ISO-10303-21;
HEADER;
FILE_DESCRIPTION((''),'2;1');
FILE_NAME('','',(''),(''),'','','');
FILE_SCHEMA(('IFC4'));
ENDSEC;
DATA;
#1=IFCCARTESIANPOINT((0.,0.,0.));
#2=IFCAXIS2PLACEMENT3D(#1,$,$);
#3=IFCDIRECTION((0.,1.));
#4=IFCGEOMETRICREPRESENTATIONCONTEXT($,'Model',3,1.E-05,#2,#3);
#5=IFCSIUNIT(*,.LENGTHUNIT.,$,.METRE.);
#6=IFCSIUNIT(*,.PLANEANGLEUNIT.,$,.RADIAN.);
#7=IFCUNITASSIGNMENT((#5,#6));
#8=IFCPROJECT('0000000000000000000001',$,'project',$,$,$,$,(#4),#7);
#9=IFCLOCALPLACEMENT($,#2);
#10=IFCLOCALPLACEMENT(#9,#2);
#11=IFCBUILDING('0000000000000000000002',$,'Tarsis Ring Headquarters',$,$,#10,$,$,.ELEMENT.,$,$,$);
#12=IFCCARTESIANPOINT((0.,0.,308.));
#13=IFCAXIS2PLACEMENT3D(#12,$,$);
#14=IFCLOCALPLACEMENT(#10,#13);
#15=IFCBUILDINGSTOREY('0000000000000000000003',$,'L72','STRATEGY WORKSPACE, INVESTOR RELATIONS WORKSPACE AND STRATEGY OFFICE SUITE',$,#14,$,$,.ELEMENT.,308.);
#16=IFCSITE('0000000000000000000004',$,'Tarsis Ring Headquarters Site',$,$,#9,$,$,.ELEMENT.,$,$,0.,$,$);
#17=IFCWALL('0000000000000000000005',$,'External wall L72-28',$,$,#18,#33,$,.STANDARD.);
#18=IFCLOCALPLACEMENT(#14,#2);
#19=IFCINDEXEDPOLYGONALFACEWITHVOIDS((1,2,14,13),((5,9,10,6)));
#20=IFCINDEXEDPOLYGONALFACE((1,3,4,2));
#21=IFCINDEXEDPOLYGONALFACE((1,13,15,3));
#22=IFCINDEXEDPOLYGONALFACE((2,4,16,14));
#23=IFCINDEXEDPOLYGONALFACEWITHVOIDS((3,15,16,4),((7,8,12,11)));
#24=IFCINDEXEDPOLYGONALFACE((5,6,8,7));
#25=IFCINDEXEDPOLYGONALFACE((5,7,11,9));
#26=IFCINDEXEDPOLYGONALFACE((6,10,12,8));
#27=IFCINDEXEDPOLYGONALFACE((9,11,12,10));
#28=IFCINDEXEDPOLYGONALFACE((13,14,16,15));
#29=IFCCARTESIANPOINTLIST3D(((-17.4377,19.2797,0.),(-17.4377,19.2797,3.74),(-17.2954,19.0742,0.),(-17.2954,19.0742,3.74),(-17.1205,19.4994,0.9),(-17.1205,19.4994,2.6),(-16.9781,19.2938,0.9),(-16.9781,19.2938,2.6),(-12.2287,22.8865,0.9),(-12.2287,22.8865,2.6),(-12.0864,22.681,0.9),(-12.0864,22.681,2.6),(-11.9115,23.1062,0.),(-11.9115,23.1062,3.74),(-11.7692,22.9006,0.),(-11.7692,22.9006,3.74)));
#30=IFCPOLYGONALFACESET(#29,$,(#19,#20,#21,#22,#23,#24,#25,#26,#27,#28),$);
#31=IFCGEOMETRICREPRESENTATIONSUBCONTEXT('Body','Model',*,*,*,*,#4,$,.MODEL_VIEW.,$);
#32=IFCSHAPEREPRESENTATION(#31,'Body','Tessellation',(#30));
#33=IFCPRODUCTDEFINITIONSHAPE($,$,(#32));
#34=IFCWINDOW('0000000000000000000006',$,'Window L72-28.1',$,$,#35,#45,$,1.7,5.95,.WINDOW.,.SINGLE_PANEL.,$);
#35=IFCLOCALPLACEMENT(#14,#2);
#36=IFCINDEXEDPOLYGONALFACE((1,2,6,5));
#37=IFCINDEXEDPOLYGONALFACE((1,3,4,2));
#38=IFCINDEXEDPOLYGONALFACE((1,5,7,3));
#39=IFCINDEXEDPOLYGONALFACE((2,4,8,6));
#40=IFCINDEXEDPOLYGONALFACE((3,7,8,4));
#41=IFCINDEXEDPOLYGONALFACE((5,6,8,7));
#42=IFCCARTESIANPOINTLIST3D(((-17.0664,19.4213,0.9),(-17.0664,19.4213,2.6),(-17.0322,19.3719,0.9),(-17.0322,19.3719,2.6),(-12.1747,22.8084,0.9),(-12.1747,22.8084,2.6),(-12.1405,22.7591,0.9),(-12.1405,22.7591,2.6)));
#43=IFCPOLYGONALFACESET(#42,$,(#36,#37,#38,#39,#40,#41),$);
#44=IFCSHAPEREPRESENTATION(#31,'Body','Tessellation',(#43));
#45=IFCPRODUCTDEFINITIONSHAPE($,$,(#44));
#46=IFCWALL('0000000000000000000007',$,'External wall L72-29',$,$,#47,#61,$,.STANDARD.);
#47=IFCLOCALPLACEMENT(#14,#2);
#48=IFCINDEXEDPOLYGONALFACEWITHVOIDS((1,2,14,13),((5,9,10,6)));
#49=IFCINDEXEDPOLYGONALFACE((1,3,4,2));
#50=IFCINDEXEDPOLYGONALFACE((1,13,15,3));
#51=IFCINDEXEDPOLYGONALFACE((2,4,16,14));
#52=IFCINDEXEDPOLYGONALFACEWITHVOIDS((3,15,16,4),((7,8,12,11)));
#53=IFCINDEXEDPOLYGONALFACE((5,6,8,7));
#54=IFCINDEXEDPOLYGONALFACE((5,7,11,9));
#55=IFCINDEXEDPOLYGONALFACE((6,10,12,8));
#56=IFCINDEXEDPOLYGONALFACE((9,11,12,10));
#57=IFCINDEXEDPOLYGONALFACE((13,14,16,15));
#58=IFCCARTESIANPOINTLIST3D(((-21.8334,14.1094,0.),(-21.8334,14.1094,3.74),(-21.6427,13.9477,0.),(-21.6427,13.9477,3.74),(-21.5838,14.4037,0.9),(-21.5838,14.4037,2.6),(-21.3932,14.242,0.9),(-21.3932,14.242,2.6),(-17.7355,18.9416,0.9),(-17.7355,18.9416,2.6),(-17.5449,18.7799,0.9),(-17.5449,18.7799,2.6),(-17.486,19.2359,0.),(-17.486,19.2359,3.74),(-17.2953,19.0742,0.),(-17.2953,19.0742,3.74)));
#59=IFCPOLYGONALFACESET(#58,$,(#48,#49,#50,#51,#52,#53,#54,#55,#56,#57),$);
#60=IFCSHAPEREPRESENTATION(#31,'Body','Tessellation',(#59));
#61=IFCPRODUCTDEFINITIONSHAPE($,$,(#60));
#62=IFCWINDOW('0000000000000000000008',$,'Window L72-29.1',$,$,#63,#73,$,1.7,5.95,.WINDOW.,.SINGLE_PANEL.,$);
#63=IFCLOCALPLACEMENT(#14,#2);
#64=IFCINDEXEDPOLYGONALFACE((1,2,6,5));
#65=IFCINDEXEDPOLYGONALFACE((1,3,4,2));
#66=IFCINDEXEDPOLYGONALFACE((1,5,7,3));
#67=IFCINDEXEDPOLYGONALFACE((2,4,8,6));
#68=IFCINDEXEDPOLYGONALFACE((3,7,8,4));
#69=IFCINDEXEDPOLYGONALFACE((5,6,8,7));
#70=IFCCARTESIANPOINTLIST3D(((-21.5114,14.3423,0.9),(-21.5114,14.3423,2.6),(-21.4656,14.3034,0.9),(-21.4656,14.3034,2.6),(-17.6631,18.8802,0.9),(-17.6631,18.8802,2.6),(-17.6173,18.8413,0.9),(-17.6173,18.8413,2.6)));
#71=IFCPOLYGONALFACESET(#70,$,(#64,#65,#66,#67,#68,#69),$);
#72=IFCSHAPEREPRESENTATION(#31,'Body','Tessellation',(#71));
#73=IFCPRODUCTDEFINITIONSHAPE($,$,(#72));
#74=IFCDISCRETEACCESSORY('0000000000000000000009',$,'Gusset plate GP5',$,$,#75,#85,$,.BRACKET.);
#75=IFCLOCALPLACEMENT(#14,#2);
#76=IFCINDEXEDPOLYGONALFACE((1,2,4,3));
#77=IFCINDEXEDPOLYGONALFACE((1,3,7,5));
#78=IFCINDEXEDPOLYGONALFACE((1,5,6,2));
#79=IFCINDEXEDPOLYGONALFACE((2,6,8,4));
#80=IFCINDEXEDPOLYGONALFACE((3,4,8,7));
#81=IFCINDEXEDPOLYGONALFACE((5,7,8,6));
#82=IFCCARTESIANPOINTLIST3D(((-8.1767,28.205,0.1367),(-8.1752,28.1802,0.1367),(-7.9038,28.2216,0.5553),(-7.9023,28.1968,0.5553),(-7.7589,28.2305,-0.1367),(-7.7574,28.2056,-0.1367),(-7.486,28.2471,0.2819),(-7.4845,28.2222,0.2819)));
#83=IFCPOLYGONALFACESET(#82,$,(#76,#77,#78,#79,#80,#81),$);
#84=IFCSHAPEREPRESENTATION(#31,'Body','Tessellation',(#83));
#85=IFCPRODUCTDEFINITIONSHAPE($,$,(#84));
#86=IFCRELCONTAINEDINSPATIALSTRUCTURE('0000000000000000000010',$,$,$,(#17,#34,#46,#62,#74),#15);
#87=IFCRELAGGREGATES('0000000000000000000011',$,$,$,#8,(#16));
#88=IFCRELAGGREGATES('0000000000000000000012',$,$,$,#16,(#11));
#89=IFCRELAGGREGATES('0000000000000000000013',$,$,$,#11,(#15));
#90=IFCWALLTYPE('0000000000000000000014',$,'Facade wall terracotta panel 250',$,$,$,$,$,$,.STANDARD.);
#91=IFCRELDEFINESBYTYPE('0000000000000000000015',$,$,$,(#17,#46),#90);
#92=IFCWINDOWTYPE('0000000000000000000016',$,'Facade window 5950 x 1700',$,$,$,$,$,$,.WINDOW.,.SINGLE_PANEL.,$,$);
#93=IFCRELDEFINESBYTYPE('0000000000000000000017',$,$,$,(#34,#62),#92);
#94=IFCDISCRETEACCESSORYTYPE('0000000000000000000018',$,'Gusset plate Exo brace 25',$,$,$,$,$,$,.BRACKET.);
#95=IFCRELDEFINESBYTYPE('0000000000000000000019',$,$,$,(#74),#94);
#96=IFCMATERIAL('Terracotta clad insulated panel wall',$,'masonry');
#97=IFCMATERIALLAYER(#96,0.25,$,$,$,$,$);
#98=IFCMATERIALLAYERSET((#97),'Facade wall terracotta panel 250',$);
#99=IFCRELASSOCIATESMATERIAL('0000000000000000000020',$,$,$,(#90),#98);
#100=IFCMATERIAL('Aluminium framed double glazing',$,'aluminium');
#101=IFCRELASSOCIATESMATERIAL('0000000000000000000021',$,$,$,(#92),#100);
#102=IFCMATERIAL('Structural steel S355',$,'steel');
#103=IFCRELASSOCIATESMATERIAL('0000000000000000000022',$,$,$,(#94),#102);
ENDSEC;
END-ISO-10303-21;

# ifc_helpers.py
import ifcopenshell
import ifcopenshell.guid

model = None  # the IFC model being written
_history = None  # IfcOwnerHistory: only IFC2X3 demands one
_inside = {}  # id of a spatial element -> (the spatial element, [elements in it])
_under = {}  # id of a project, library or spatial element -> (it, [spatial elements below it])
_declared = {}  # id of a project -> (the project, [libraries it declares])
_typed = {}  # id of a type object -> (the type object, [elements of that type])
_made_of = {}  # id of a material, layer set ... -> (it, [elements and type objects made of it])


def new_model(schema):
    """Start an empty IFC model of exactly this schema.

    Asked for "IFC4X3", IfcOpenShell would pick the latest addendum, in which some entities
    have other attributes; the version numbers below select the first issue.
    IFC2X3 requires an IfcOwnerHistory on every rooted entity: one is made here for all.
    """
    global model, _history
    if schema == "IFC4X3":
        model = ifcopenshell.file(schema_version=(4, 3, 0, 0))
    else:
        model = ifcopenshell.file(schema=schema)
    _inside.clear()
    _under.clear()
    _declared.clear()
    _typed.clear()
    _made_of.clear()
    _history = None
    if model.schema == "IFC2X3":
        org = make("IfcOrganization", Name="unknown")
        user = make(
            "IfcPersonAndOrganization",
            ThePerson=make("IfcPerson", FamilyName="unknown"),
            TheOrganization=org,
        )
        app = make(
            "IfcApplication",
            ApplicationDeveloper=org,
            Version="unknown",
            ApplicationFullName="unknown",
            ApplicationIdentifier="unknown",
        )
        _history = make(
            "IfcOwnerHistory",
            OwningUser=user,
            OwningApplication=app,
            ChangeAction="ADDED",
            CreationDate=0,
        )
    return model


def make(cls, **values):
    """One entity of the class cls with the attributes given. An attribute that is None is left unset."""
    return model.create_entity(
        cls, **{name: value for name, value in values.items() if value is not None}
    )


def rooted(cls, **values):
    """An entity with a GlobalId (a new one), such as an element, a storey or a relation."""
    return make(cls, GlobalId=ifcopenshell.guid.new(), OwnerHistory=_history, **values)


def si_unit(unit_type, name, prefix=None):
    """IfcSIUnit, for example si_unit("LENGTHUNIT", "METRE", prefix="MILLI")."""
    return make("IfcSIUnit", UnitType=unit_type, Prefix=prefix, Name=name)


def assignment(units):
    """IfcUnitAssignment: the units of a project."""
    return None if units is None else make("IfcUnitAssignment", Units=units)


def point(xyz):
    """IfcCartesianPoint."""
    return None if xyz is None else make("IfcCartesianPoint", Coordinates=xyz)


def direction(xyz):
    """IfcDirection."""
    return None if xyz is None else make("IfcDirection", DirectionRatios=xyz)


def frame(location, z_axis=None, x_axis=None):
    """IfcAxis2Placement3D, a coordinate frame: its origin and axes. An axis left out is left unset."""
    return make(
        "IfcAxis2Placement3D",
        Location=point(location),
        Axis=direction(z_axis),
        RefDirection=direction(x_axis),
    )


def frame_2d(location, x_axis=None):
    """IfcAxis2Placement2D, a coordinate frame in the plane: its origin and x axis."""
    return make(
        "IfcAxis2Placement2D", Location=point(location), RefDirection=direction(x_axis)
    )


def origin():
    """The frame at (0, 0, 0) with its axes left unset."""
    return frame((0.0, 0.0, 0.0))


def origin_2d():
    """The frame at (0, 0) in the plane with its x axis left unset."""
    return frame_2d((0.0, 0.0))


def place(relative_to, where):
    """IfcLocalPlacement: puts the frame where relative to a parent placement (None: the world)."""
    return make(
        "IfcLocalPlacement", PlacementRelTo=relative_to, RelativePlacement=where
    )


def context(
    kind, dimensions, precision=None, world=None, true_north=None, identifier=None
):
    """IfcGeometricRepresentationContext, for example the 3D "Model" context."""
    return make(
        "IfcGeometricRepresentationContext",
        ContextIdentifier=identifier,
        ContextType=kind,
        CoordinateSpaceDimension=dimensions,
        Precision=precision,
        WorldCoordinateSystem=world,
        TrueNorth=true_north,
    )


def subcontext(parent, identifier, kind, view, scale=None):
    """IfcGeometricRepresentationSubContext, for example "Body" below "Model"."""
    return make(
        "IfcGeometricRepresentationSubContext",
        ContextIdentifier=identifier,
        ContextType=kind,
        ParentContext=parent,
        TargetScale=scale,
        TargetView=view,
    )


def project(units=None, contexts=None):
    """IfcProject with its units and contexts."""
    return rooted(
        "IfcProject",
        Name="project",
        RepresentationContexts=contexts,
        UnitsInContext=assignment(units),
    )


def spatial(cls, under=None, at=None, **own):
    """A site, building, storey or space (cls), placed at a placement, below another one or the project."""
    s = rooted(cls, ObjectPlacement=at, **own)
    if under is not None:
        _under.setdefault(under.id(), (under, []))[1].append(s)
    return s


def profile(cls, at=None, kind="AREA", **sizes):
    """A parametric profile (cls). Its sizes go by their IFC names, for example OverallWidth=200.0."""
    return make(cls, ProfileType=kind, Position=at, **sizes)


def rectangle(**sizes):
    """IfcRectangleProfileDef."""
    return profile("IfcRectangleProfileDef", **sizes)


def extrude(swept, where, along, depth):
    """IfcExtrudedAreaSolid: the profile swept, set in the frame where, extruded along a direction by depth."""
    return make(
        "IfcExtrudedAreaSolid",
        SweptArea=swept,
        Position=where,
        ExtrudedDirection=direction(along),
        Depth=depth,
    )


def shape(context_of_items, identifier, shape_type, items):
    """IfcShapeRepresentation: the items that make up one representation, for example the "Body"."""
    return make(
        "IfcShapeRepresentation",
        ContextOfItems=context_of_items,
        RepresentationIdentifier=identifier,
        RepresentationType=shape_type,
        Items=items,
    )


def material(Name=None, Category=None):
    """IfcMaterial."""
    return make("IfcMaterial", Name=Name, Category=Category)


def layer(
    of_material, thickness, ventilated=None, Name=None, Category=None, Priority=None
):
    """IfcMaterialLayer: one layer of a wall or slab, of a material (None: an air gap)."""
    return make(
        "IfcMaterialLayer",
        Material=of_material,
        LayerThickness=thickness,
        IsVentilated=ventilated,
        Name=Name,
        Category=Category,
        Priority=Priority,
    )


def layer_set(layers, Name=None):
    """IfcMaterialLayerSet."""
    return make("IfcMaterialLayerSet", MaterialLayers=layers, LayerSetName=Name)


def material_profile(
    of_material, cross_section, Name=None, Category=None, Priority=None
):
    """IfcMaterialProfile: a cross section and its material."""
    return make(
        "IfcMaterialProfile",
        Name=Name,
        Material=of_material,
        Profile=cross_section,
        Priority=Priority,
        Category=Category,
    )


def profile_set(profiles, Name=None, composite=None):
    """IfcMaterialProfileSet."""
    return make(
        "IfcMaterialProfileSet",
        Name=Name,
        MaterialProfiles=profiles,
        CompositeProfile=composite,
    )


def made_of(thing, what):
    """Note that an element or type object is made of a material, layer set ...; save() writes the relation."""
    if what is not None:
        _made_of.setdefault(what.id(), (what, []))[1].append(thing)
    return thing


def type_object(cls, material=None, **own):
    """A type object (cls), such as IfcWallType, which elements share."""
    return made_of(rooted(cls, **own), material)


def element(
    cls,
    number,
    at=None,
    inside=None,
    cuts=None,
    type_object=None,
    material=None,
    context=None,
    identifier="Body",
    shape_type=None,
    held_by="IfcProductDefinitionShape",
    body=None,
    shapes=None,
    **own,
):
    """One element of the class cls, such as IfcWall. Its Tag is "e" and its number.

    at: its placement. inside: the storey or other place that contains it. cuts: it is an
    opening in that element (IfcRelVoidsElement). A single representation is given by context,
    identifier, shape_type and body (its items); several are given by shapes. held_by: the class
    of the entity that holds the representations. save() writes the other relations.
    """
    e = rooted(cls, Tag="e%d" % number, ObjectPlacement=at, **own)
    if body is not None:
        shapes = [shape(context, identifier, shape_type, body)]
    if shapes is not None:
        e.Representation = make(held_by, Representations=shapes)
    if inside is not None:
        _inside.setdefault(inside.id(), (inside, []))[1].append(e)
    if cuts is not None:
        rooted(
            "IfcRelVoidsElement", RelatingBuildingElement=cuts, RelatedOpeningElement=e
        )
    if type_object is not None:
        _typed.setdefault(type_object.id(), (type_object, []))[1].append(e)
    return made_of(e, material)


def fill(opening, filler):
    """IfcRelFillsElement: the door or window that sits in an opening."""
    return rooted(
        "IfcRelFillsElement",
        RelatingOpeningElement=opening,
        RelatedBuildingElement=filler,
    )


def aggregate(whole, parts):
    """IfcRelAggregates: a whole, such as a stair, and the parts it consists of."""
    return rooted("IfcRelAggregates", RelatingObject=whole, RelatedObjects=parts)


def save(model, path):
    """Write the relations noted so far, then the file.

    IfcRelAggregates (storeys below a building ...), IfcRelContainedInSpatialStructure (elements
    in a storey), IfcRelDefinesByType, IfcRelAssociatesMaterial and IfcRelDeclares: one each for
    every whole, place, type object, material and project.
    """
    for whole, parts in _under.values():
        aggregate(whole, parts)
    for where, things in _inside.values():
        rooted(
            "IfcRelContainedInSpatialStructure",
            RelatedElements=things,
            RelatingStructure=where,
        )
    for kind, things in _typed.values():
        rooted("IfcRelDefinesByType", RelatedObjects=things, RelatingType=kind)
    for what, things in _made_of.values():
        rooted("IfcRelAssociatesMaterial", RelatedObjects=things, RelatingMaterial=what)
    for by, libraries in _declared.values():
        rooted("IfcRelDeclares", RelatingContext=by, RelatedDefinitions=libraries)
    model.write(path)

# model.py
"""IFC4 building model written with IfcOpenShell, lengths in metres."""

from ifc_helpers import new_model, si_unit, direction, frame, frame_2d, origin, origin_2d, place, context, subcontext, project, spatial, rectangle, extrude, material, layer, layer_set, material_profile, profile_set, type_object, element, fill, save


model = new_model("IFC4")

# Units and contexts
model_context = context("Model", 3, precision=1e-05, world=origin(), true_north=direction((0.0, 1.0)))
body_context = subcontext(model_context, "Body", "Model", "MODEL_VIEW")
ifc_project = project(units=[si_unit("LENGTHUNIT", "METRE"), si_unit("PLANEANGLEUNIT", "RADIAN")], contexts=[model_context])

# Site, building, storey
site_placement = place(None, origin())
site = spatial("IfcSite", under=ifc_project, at=site_placement, Name="Tarsis Ring Headquarters Site", CompositionType="ELEMENT", RefElevation=0.0)
building_placement = place(site_placement, origin())
building = spatial("IfcBuilding", under=site, at=building_placement, Name="Tarsis Ring Headquarters", CompositionType="ELEMENT")
storey_placement = place(building_placement, frame((0.0, 0.0, 308.0)))
storey = spatial("IfcBuildingStorey", under=building, at=storey_placement, Name="L72", Description="STRATEGY WORKSPACE, INVESTOR RELATIONS WORKSPACE AND STRATEGY OFFICE SUITE", CompositionType="ELEMENT", Elevation=308.0)

# Shared definitions
ifc_material_1 = material(Name="Structural steel S355", Category="steel")

# Walls, openings, windows
ifc_material_2 = material(Name="Terracotta clad insulated panel wall", Category="masonry")
ifc_layer_1 = layer(ifc_material_2, 0.25)
ifc_layer_set_1 = layer_set([ifc_layer_1], Name="Facade wall terracotta panel 250")
wall_type_1 = type_object("IfcWallType", Name="Facade wall terracotta panel 250", PredefinedType="STANDARD", material=ifc_layer_set_1)
ifc_material_3 = material(Name="Aluminium framed double glazing", Category="aluminium")
window_type = type_object("IfcWindowType", Name="Facade window 5950 x 1700", PartitioningType="SINGLE_PANEL", PredefinedType="WINDOW", material=ifc_material_3)
wall_1_placement = place(storey_placement, frame((-11.8403, 23.0034, 0.0), z_axis=(0.0, 0.0, 1.0), x_axis=(-0.822148, -0.569274, 0.0)))
wall_1 = element("IfcWall", 1, at=wall_1_placement, inside=storey, type_object=wall_type_1, Name="External wall L72-28", PredefinedType="STANDARD", context=body_context, shape_type="SweptSolid", body=[
    extrude(rectangle(XDim=6.7217, YDim=0.25, at=frame_2d((3.3608, 0.0))), origin(), (0.0, 0.0, 1.0), 3.74),
])
opening_1_placement = place(wall_1_placement, frame((0.3857, 0.0, 0.8999)))
opening_1 = element("IfcOpeningElement", 2, at=opening_1_placement, cuts=wall_1, PredefinedType="OPENING", context=body_context, shape_type="SweptSolid", body=[
    extrude(rectangle(XDim=5.95, YDim=1.7, at=frame_2d((2.9751, 0.8501))), frame((0.0, 0.135, 0.0), z_axis=(0.0, -1.0, 0.0), x_axis=(1.0, 0.0, 0.0)), (0.0, 0.0, 1.0), 0.27),
])
window_1_placement = place(opening_1_placement, origin())
window_1 = element("IfcWindow", 3, at=window_1_placement, inside=storey, type_object=window_type, Name="Window L72-28.1", OverallHeight=1.7, OverallWidth=5.95, PartitioningType="SINGLE_PANEL", PredefinedType="WINDOW", context=body_context, shape_type="SweptSolid", body=[
    extrude(rectangle(XDim=5.95, YDim=1.7, at=frame_2d((2.9751, 0.8501))), frame((0.0, 0.03, 0.0), z_axis=(0.0, -1.0, 0.0), x_axis=(1.0, 0.0, 0.0)), (0.0, 0.0, 1.0), 0.0601),
])
fill(opening_1, window_1)
wall_2_placement = place(storey_placement, frame((-17.3906, 19.155, 0.0), z_axis=(0.0, 0.0, 1.0), x_axis=(-0.646777, -0.762679, 0.0)))
wall_2 = element("IfcWall", 4, at=wall_2_placement, inside=storey, type_object=wall_type_1, Name="External wall L72-29", PredefinedType="STANDARD", context=body_context, shape_type="SweptSolid", body=[
    extrude(rectangle(XDim=6.7217, YDim=0.25, at=frame_2d((3.3608, 0.0))), origin(), (0.0, 0.0, 1.0), 3.74),
])
opening_2_placement = place(wall_2_placement, frame((0.3857, 0.0, 0.8999)))
opening_2 = element("IfcOpeningElement", 5, at=opening_2_placement, cuts=wall_2, PredefinedType="OPENING", context=body_context, shape_type="SweptSolid", body=[
    extrude(rectangle(XDim=5.95, YDim=1.7, at=frame_2d((2.9751, 0.8501))), frame((0.0, 0.135, 0.0), z_axis=(0.0, -1.0, 0.0), x_axis=(1.0, 0.0, 0.0)), (0.0, 0.0, 1.0), 0.27),
])
window_2_placement = place(opening_2_placement, origin())
window_2 = element("IfcWindow", 6, at=window_2_placement, inside=storey, type_object=window_type, Name="Window L72-29.1", OverallHeight=1.7, OverallWidth=5.95, PartitioningType="SINGLE_PANEL", PredefinedType="WINDOW", context=body_context, shape_type="SweptSolid", body=[
    extrude(rectangle(XDim=5.95, YDim=1.7, at=frame_2d((2.9751, 0.8501))), frame((0.0, 0.03, 0.0), z_axis=(0.0, -1.0, 0.0), x_axis=(1.0, 0.0, 0.0)), (0.0, 0.0, 1.0), 0.0601),
])
fill(opening_2, window_2)

# Discrete accessory
ifc_material_profile_1 = material_profile(ifc_material_1, rectangle(XDim=0.0249, YDim=0.5, at=origin_2d()), Name="PL 25x500")
ifc_profile_set_1 = profile_set([ifc_material_profile_1], Name="Structural steel S355")
discrete_accessory_type = type_object("IfcDiscreteAccessoryType", Name="Gusset plate Exo brace 25", PredefinedType="BRACKET", material=ifc_profile_set_1)
discrete_accessory_placement = place(storey_placement, frame((-7.967, 28.2053, 0.0), z_axis=(0.545803, 0.033197, 0.837256), x_axis=(-0.060711, 0.998155, 0.0)))
element("IfcDiscreteAccessory", 7, at=discrete_accessory_placement, inside=storey, type_object=discrete_accessory_type, Name="Gusset plate GP5", PredefinedType="BRACKET", context=body_context, shape_type="SweptSolid", body=[
    extrude(rectangle(XDim=0.0249, YDim=0.5, at=origin_2d()), origin(), (0.0, 0.0, 1.0), 0.5),
])

save(model, "model.ifc")
